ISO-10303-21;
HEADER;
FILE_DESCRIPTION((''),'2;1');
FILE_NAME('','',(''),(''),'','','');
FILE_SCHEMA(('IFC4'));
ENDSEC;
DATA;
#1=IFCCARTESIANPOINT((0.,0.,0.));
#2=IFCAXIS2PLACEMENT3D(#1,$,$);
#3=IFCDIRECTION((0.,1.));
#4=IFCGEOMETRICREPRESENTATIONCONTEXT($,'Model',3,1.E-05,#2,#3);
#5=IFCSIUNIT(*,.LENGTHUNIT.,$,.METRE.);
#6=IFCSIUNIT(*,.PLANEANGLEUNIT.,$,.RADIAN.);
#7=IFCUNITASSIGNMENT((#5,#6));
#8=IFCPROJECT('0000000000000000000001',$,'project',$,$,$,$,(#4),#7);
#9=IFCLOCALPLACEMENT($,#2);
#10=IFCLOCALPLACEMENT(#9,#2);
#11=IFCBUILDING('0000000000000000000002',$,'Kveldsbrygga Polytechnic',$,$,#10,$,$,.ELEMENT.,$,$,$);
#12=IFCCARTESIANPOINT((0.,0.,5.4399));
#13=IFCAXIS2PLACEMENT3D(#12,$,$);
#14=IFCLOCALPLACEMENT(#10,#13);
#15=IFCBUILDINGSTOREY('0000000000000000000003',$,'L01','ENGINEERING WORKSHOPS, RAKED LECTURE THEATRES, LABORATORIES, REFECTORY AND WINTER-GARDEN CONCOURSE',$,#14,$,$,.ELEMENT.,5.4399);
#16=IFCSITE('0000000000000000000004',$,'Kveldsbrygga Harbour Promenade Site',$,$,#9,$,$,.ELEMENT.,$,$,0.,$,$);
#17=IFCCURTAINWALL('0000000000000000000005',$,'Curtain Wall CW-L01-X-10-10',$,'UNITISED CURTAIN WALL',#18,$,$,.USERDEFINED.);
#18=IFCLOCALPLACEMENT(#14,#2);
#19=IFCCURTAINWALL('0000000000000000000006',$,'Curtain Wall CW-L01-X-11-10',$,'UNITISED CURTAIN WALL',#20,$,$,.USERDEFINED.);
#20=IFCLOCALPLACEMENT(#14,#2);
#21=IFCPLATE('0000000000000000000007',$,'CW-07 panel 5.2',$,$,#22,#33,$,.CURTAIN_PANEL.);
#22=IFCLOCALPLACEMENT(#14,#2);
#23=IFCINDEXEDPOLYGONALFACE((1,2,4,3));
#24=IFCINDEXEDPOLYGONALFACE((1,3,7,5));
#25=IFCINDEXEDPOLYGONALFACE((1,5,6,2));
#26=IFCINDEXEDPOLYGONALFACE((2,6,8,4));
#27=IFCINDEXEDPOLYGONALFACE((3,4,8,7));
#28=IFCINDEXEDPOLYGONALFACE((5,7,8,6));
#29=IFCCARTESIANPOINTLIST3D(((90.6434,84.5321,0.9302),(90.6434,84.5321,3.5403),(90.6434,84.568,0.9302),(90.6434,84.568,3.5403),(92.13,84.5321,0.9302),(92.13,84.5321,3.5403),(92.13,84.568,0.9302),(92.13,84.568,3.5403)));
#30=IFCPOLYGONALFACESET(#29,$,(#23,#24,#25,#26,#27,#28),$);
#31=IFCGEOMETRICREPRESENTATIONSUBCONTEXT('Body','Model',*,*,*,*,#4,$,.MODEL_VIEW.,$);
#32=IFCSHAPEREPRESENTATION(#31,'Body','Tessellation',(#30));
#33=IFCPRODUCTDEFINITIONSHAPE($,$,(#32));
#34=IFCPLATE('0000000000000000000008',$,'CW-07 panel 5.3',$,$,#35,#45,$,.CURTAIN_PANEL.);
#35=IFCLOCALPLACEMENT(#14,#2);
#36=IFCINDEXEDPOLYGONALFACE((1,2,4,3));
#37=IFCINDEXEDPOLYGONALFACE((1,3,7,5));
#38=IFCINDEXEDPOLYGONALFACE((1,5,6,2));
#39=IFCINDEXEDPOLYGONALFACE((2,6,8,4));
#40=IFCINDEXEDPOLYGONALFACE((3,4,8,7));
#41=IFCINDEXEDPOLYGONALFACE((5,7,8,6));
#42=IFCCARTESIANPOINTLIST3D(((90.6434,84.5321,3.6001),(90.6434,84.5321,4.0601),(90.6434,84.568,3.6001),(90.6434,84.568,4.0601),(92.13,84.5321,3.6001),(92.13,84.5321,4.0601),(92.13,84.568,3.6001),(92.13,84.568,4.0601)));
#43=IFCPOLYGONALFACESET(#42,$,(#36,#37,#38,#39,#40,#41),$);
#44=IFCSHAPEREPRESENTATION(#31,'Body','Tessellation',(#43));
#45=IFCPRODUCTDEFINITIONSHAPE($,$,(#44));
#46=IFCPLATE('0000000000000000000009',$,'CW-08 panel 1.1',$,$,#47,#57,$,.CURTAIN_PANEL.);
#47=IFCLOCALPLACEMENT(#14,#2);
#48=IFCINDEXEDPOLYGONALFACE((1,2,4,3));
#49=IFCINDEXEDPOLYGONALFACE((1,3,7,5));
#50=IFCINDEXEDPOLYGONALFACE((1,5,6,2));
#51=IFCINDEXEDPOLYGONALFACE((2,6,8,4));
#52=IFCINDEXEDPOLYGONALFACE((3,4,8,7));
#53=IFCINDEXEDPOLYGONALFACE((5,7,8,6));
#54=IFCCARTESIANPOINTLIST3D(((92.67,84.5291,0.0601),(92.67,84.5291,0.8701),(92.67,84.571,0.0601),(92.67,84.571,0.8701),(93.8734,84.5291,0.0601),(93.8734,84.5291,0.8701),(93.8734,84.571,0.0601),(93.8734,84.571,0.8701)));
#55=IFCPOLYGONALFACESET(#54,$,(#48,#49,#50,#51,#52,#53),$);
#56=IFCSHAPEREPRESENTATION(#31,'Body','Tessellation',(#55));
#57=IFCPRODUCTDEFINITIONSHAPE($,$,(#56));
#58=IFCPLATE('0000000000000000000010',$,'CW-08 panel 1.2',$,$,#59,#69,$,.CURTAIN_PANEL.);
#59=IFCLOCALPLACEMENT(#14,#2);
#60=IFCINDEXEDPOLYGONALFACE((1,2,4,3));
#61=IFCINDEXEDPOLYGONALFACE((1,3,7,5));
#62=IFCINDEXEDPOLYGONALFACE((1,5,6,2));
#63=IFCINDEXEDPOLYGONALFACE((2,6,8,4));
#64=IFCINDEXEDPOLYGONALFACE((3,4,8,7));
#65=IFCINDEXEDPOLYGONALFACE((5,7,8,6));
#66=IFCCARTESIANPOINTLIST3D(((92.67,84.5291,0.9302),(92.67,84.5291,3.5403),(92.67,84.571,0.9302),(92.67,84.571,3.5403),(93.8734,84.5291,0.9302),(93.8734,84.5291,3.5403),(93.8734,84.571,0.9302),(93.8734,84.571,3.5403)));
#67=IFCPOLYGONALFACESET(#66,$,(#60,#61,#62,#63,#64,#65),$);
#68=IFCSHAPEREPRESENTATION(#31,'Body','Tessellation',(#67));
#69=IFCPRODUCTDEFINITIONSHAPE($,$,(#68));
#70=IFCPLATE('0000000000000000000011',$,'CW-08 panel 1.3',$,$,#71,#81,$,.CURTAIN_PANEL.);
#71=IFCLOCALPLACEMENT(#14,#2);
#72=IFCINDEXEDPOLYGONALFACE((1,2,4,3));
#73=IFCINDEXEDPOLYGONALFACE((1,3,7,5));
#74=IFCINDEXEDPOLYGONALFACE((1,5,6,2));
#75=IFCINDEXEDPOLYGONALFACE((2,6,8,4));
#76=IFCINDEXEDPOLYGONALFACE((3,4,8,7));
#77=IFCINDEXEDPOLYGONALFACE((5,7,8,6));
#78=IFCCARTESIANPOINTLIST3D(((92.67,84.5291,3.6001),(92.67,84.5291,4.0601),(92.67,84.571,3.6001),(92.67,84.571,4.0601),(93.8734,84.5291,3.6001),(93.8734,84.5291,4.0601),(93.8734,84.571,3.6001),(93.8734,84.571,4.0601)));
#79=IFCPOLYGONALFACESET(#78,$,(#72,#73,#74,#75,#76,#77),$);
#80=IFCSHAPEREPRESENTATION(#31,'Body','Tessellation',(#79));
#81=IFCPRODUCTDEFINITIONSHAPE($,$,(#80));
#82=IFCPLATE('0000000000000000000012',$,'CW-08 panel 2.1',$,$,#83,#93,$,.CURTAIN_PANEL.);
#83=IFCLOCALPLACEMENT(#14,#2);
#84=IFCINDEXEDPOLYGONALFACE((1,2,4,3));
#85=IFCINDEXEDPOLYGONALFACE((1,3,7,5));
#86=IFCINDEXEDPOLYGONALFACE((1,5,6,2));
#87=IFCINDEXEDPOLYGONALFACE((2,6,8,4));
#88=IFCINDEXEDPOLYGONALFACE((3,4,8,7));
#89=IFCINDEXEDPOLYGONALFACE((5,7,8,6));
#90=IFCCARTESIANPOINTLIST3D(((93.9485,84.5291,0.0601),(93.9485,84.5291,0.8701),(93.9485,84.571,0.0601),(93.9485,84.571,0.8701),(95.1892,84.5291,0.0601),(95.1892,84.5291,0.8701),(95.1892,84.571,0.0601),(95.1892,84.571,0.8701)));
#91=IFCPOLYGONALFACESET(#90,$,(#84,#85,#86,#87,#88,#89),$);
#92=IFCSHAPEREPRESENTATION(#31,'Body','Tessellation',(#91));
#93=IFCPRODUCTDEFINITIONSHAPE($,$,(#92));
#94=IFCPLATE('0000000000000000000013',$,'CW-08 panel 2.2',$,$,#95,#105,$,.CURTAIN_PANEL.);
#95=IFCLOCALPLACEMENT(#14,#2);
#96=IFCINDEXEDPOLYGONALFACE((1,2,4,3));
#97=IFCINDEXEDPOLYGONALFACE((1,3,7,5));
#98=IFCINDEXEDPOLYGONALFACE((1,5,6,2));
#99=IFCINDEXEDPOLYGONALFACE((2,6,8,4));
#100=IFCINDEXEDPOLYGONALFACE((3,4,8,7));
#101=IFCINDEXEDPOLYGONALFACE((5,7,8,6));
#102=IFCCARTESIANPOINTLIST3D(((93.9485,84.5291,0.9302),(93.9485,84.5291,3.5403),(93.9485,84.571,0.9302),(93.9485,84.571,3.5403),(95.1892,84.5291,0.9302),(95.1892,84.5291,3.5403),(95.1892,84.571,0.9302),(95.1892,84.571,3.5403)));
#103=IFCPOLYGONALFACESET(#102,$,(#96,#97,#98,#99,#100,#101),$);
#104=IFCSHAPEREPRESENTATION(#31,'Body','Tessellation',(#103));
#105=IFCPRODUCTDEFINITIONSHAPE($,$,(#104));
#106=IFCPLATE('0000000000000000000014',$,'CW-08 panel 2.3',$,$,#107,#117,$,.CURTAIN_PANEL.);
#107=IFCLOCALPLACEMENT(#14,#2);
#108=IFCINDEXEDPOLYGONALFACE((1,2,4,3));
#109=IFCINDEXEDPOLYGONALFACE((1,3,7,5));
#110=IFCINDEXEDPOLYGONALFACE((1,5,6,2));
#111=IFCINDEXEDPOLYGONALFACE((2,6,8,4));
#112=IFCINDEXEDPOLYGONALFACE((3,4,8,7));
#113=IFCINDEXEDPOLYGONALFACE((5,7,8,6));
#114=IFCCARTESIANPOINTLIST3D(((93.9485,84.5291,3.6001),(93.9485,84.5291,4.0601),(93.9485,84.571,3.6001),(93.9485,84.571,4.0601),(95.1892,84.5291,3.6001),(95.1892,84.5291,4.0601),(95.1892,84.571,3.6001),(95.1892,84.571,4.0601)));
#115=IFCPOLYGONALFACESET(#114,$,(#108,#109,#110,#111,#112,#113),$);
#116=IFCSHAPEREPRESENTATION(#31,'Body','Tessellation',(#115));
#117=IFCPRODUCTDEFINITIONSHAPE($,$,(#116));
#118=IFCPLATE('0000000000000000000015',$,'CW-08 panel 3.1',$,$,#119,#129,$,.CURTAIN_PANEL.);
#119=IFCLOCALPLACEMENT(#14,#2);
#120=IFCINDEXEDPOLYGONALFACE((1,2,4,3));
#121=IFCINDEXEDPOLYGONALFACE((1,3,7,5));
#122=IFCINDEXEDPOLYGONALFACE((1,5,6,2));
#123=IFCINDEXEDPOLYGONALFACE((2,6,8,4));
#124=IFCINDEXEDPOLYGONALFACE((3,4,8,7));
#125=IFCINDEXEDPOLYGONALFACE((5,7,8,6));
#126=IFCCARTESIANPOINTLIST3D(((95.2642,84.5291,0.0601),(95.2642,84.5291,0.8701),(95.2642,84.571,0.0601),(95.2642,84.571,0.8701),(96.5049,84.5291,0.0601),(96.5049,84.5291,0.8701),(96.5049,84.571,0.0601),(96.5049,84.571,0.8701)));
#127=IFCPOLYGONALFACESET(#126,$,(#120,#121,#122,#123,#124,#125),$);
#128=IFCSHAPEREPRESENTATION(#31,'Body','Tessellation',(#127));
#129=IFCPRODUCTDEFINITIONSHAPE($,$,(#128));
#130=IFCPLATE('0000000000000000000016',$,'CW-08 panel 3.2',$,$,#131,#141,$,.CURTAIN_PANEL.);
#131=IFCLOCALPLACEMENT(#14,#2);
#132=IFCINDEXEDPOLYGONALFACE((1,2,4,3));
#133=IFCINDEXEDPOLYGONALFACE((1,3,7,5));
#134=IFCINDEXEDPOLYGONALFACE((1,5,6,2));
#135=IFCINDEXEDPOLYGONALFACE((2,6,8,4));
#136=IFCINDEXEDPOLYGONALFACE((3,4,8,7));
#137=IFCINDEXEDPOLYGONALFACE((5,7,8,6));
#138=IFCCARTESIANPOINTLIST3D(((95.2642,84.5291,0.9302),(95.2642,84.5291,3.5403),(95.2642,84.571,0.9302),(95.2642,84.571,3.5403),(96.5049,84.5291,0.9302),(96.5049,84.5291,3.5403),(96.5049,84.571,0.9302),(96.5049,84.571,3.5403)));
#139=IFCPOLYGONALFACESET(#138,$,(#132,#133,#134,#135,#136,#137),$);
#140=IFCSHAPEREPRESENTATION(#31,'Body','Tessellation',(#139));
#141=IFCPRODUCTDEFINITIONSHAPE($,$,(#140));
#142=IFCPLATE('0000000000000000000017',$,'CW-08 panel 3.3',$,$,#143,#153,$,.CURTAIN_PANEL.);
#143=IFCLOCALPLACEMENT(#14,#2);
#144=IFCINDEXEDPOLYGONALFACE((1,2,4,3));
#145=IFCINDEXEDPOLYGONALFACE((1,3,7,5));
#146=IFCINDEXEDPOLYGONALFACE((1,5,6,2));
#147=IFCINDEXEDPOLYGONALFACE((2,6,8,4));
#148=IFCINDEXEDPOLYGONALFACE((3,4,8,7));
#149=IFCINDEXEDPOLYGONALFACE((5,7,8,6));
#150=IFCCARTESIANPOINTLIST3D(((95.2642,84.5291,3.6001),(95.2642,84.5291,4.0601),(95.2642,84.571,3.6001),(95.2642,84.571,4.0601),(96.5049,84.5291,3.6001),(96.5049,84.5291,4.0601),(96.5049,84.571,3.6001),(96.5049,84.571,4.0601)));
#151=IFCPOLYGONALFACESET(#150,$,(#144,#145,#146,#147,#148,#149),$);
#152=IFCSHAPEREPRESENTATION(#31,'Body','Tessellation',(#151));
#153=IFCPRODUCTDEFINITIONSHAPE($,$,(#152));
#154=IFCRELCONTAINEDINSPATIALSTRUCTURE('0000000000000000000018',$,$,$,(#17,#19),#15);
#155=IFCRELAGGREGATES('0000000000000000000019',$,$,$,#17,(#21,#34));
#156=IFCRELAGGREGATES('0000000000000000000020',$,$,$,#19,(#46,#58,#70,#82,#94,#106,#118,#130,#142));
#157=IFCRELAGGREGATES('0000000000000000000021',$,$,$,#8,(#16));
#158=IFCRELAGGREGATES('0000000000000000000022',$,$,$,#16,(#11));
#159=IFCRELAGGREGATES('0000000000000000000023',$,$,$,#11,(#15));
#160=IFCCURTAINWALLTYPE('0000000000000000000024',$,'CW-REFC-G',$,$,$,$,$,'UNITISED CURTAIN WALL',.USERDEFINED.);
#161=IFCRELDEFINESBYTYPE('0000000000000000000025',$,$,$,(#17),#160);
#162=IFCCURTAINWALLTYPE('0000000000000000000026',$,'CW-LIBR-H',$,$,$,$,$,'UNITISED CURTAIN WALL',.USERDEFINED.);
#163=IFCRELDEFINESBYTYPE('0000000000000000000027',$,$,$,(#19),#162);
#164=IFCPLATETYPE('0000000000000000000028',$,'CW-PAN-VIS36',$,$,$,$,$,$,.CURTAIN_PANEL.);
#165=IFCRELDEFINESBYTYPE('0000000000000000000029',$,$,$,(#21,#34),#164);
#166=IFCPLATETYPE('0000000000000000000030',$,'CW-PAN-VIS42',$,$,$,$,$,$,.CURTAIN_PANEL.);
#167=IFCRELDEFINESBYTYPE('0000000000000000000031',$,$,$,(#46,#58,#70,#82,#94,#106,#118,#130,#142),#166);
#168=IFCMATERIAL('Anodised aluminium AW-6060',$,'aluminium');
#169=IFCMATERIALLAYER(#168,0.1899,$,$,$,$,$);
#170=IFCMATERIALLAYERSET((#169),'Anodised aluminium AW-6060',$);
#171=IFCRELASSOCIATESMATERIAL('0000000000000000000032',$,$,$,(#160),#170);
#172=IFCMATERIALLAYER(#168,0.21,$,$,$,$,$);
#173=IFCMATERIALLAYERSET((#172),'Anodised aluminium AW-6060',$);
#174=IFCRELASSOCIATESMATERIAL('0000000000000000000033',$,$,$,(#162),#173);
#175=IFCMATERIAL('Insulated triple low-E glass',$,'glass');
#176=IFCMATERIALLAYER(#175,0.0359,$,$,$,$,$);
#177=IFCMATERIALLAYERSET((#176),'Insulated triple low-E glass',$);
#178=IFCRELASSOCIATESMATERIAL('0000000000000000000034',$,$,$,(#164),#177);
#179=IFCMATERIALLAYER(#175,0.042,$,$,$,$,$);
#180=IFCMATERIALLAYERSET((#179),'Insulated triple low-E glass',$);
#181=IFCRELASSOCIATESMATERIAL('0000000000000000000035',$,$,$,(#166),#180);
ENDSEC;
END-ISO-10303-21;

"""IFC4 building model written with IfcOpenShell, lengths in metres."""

from ifc_helpers import new_model, si_unit, direction, frame, origin, origin_2d, place, context, subcontext, project, spatial, rectangle, extrude, material, layer, layer_set, type_object, element, aggregate, save


model = new_model("IFC4")

# Units and contexts
model_context = context("Model", 3, precision=1e-05, world=origin(), true_north=direction((0.0, 1.0)))
body_context = subcontext(model_context, "Body", "Model", "MODEL_VIEW")
ifc_project = project(units=[si_unit("LENGTHUNIT", "METRE"), si_unit("PLANEANGLEUNIT", "RADIAN")], contexts=[model_context])

# Site, building, storey
site_placement = place(None, origin())
site = spatial("IfcSite", under=ifc_project, at=site_placement, Name="Kveldsbrygga Harbour Promenade Site", CompositionType="ELEMENT", RefElevation=0.0)
building_placement = place(site_placement, origin())
building = spatial("IfcBuilding", under=site, at=building_placement, Name="Kveldsbrygga Polytechnic", CompositionType="ELEMENT")
storey_placement = place(building_placement, frame((0.0, 0.0, 5.4399)))
storey = spatial("IfcBuildingStorey", under=building, at=storey_placement, Name="L01", Description="ENGINEERING WORKSHOPS, RAKED LECTURE THEATRES, LABORATORIES, REFECTORY AND WINTER-GARDEN CONCOURSE", CompositionType="ELEMENT", Elevation=5.4399)

# Curtain walls
ifc_material_1 = material(Name="Anodised aluminium AW-6060", Category="aluminium")
ifc_layer_1 = layer(ifc_material_1, 0.1899)
ifc_layer_set_1 = layer_set([ifc_layer_1], Name="Anodised aluminium AW-6060")
curtain_wall_type_1 = type_object("IfcCurtainWallType", Name="CW-REFC-G", ElementType="UNITISED CURTAIN WALL", PredefinedType="USERDEFINED", material=ifc_layer_set_1)
curtain_wall_1_placement = place(storey_placement, origin())
curtain_wall_1 = element("IfcCurtainWall", 1, at=curtain_wall_1_placement, inside=storey, type_object=curtain_wall_type_1, Name="Curtain Wall CW-L01-X-10-10", ObjectType="UNITISED CURTAIN WALL", PredefinedType="USERDEFINED")
ifc_layer_2 = layer(ifc_material_1, 0.21)
ifc_layer_set_2 = layer_set([ifc_layer_2], Name="Anodised aluminium AW-6060")
curtain_wall_type_2 = type_object("IfcCurtainWallType", Name="CW-LIBR-H", ElementType="UNITISED CURTAIN WALL", PredefinedType="USERDEFINED", material=ifc_layer_set_2)
curtain_wall_2_placement = place(storey_placement, origin())
curtain_wall_2 = element("IfcCurtainWall", 2, at=curtain_wall_2_placement, inside=storey, type_object=curtain_wall_type_2, Name="Curtain Wall CW-L01-X-11-10", ObjectType="UNITISED CURTAIN WALL", PredefinedType="USERDEFINED")

# Plates
ifc_material_2 = material(Name="Insulated triple low-E glass", Category="glass")
ifc_layer_3 = layer(ifc_material_2, 0.0359)
ifc_layer_set_3 = layer_set([ifc_layer_3], Name="Insulated triple low-E glass")
plate_type_1 = type_object("IfcPlateType", Name="CW-PAN-VIS36", PredefinedType="CURTAIN_PANEL", material=ifc_layer_set_3)
plate_1_placement = place(storey_placement, frame((91.3867, 84.55, 0.9302), z_axis=(0.0, 0.0, 1.0), x_axis=(1.0, 0.0, 0.0)))
plate_1 = element("IfcPlate", 3, at=plate_1_placement, type_object=plate_type_1, Name="CW-07 panel 5.2", PredefinedType="CURTAIN_PANEL", context=body_context, shape_type="SweptSolid", body=[
    extrude(rectangle(XDim=1.4866, YDim=0.0359, at=origin_2d()), origin(), (0.0, 0.0, 1.0), 2.6101),
])
plate_2_placement = place(storey_placement, frame((91.3867, 84.55, 3.6001), z_axis=(0.0, 0.0, 1.0), x_axis=(1.0, 0.0, 0.0)))
plate_2 = element("IfcPlate", 4, at=plate_2_placement, type_object=plate_type_1, Name="CW-07 panel 5.3", PredefinedType="CURTAIN_PANEL", context=body_context, shape_type="SweptSolid", body=[
    extrude(rectangle(XDim=1.4866, YDim=0.0359, at=origin_2d()), origin(), (0.0, 0.0, 1.0), 0.46),
])
aggregate(curtain_wall_1, [plate_1, plate_2])
ifc_layer_4 = layer(ifc_material_2, 0.042)
ifc_layer_set_4 = layer_set([ifc_layer_4], Name="Insulated triple low-E glass")
plate_type_2 = type_object("IfcPlateType", Name="CW-PAN-VIS42", PredefinedType="CURTAIN_PANEL", material=ifc_layer_set_4)
plate_3_placement = place(storey_placement, frame((93.2717, 84.55, 0.0601), z_axis=(0.0, 0.0, 1.0), x_axis=(1.0, 0.0, 0.0)))
plate_3 = element("IfcPlate", 5, at=plate_3_placement, type_object=plate_type_2, Name="CW-08 panel 1.1", PredefinedType="CURTAIN_PANEL", context=body_context, shape_type="SweptSolid", body=[
    extrude(rectangle(XDim=1.2034, YDim=0.042, at=origin_2d()), origin(), (0.0, 0.0, 1.0), 0.8101),
])
plate_4_placement = place(storey_placement, frame((93.2717, 84.55, 0.9302), z_axis=(0.0, 0.0, 1.0), x_axis=(1.0, 0.0, 0.0)))
plate_4 = element("IfcPlate", 6, at=plate_4_placement, type_object=plate_type_2, Name="CW-08 panel 1.2", PredefinedType="CURTAIN_PANEL", context=body_context, shape_type="SweptSolid", body=[
    extrude(rectangle(XDim=1.2034, YDim=0.042, at=origin_2d()), origin(), (0.0, 0.0, 1.0), 2.6101),
])
plate_5_placement = place(storey_placement, frame((93.2717, 84.55, 3.6001), z_axis=(0.0, 0.0, 1.0), x_axis=(1.0, 0.0, 0.0)))
plate_5 = element("IfcPlate", 7, at=plate_5_placement, type_object=plate_type_2, Name="CW-08 panel 1.3", PredefinedType="CURTAIN_PANEL", context=body_context, shape_type="SweptSolid", body=[
    extrude(rectangle(XDim=1.2034, YDim=0.042, at=origin_2d()), origin(), (0.0, 0.0, 1.0), 0.46),
])
plate_6_placement = place(storey_placement, frame((94.5688, 84.55, 0.0601), z_axis=(0.0, 0.0, 1.0), x_axis=(1.0, 0.0, 0.0)))
plate_6 = element("IfcPlate", 8, at=plate_6_placement, type_object=plate_type_2, Name="CW-08 panel 2.1", PredefinedType="CURTAIN_PANEL", context=body_context, shape_type="SweptSolid", body=[
    extrude(rectangle(XDim=1.2407, YDim=0.042, at=origin_2d()), origin(), (0.0, 0.0, 1.0), 0.8101),
])
plate_7_placement = place(storey_placement, frame((94.5688, 84.55, 0.9302), z_axis=(0.0, 0.0, 1.0), x_axis=(1.0, 0.0, 0.0)))
plate_7 = element("IfcPlate", 9, at=plate_7_placement, type_object=plate_type_2, Name="CW-08 panel 2.2", PredefinedType="CURTAIN_PANEL", context=body_context, shape_type="SweptSolid", body=[
    extrude(rectangle(XDim=1.2407, YDim=0.042, at=origin_2d()), origin(), (0.0, 0.0, 1.0), 2.6101),
])
plate_8_placement = place(storey_placement, frame((94.5688, 84.55, 3.6001), z_axis=(0.0, 0.0, 1.0), x_axis=(1.0, 0.0, 0.0)))
plate_8 = element("IfcPlate", 10, at=plate_8_placement, type_object=plate_type_2, Name="CW-08 panel 2.3", PredefinedType="CURTAIN_PANEL", context=body_context, shape_type="SweptSolid", body=[
    extrude(rectangle(XDim=1.2407, YDim=0.042, at=origin_2d()), origin(), (0.0, 0.0, 1.0), 0.46),
])
plate_9_placement = place(storey_placement, frame((95.8845, 84.55, 0.0601), z_axis=(0.0, 0.0, 1.0), x_axis=(1.0, 0.0, 0.0)))
plate_9 = element("IfcPlate", 11, at=plate_9_placement, type_object=plate_type_2, Name="CW-08 panel 3.1", PredefinedType="CURTAIN_PANEL", context=body_context, shape_type="SweptSolid", body=[
    extrude(rectangle(XDim=1.2407, YDim=0.042, at=origin_2d()), origin(), (0.0, 0.0, 1.0), 0.8101),
])
plate_10_placement = place(storey_placement, frame((95.8845, 84.55, 0.9302), z_axis=(0.0, 0.0, 1.0), x_axis=(1.0, 0.0, 0.0)))
plate_10 = element("IfcPlate", 12, at=plate_10_placement, type_object=plate_type_2, Name="CW-08 panel 3.2", PredefinedType="CURTAIN_PANEL", context=body_context, shape_type="SweptSolid", body=[
    extrude(rectangle(XDim=1.2407, YDim=0.042, at=origin_2d()), origin(), (0.0, 0.0, 1.0), 2.6101),
])
plate_11_placement = place(storey_placement, frame((95.8845, 84.55, 3.6001), z_axis=(0.0, 0.0, 1.0), x_axis=(1.0, 0.0, 0.0)))
plate_11 = element("IfcPlate", 13, at=plate_11_placement, type_object=plate_type_2, Name="CW-08 panel 3.3", PredefinedType="CURTAIN_PANEL", context=body_context, shape_type="SweptSolid", body=[
    extrude(rectangle(XDim=1.2407, YDim=0.042, at=origin_2d()), origin(), (0.0, 0.0, 1.0), 0.46),
])
aggregate(curtain_wall_2, [plate_3, plate_4, plate_5, plate_6, plate_7, plate_8, plate_9, plate_10, plate_11])

save(model, "model.ifc")
